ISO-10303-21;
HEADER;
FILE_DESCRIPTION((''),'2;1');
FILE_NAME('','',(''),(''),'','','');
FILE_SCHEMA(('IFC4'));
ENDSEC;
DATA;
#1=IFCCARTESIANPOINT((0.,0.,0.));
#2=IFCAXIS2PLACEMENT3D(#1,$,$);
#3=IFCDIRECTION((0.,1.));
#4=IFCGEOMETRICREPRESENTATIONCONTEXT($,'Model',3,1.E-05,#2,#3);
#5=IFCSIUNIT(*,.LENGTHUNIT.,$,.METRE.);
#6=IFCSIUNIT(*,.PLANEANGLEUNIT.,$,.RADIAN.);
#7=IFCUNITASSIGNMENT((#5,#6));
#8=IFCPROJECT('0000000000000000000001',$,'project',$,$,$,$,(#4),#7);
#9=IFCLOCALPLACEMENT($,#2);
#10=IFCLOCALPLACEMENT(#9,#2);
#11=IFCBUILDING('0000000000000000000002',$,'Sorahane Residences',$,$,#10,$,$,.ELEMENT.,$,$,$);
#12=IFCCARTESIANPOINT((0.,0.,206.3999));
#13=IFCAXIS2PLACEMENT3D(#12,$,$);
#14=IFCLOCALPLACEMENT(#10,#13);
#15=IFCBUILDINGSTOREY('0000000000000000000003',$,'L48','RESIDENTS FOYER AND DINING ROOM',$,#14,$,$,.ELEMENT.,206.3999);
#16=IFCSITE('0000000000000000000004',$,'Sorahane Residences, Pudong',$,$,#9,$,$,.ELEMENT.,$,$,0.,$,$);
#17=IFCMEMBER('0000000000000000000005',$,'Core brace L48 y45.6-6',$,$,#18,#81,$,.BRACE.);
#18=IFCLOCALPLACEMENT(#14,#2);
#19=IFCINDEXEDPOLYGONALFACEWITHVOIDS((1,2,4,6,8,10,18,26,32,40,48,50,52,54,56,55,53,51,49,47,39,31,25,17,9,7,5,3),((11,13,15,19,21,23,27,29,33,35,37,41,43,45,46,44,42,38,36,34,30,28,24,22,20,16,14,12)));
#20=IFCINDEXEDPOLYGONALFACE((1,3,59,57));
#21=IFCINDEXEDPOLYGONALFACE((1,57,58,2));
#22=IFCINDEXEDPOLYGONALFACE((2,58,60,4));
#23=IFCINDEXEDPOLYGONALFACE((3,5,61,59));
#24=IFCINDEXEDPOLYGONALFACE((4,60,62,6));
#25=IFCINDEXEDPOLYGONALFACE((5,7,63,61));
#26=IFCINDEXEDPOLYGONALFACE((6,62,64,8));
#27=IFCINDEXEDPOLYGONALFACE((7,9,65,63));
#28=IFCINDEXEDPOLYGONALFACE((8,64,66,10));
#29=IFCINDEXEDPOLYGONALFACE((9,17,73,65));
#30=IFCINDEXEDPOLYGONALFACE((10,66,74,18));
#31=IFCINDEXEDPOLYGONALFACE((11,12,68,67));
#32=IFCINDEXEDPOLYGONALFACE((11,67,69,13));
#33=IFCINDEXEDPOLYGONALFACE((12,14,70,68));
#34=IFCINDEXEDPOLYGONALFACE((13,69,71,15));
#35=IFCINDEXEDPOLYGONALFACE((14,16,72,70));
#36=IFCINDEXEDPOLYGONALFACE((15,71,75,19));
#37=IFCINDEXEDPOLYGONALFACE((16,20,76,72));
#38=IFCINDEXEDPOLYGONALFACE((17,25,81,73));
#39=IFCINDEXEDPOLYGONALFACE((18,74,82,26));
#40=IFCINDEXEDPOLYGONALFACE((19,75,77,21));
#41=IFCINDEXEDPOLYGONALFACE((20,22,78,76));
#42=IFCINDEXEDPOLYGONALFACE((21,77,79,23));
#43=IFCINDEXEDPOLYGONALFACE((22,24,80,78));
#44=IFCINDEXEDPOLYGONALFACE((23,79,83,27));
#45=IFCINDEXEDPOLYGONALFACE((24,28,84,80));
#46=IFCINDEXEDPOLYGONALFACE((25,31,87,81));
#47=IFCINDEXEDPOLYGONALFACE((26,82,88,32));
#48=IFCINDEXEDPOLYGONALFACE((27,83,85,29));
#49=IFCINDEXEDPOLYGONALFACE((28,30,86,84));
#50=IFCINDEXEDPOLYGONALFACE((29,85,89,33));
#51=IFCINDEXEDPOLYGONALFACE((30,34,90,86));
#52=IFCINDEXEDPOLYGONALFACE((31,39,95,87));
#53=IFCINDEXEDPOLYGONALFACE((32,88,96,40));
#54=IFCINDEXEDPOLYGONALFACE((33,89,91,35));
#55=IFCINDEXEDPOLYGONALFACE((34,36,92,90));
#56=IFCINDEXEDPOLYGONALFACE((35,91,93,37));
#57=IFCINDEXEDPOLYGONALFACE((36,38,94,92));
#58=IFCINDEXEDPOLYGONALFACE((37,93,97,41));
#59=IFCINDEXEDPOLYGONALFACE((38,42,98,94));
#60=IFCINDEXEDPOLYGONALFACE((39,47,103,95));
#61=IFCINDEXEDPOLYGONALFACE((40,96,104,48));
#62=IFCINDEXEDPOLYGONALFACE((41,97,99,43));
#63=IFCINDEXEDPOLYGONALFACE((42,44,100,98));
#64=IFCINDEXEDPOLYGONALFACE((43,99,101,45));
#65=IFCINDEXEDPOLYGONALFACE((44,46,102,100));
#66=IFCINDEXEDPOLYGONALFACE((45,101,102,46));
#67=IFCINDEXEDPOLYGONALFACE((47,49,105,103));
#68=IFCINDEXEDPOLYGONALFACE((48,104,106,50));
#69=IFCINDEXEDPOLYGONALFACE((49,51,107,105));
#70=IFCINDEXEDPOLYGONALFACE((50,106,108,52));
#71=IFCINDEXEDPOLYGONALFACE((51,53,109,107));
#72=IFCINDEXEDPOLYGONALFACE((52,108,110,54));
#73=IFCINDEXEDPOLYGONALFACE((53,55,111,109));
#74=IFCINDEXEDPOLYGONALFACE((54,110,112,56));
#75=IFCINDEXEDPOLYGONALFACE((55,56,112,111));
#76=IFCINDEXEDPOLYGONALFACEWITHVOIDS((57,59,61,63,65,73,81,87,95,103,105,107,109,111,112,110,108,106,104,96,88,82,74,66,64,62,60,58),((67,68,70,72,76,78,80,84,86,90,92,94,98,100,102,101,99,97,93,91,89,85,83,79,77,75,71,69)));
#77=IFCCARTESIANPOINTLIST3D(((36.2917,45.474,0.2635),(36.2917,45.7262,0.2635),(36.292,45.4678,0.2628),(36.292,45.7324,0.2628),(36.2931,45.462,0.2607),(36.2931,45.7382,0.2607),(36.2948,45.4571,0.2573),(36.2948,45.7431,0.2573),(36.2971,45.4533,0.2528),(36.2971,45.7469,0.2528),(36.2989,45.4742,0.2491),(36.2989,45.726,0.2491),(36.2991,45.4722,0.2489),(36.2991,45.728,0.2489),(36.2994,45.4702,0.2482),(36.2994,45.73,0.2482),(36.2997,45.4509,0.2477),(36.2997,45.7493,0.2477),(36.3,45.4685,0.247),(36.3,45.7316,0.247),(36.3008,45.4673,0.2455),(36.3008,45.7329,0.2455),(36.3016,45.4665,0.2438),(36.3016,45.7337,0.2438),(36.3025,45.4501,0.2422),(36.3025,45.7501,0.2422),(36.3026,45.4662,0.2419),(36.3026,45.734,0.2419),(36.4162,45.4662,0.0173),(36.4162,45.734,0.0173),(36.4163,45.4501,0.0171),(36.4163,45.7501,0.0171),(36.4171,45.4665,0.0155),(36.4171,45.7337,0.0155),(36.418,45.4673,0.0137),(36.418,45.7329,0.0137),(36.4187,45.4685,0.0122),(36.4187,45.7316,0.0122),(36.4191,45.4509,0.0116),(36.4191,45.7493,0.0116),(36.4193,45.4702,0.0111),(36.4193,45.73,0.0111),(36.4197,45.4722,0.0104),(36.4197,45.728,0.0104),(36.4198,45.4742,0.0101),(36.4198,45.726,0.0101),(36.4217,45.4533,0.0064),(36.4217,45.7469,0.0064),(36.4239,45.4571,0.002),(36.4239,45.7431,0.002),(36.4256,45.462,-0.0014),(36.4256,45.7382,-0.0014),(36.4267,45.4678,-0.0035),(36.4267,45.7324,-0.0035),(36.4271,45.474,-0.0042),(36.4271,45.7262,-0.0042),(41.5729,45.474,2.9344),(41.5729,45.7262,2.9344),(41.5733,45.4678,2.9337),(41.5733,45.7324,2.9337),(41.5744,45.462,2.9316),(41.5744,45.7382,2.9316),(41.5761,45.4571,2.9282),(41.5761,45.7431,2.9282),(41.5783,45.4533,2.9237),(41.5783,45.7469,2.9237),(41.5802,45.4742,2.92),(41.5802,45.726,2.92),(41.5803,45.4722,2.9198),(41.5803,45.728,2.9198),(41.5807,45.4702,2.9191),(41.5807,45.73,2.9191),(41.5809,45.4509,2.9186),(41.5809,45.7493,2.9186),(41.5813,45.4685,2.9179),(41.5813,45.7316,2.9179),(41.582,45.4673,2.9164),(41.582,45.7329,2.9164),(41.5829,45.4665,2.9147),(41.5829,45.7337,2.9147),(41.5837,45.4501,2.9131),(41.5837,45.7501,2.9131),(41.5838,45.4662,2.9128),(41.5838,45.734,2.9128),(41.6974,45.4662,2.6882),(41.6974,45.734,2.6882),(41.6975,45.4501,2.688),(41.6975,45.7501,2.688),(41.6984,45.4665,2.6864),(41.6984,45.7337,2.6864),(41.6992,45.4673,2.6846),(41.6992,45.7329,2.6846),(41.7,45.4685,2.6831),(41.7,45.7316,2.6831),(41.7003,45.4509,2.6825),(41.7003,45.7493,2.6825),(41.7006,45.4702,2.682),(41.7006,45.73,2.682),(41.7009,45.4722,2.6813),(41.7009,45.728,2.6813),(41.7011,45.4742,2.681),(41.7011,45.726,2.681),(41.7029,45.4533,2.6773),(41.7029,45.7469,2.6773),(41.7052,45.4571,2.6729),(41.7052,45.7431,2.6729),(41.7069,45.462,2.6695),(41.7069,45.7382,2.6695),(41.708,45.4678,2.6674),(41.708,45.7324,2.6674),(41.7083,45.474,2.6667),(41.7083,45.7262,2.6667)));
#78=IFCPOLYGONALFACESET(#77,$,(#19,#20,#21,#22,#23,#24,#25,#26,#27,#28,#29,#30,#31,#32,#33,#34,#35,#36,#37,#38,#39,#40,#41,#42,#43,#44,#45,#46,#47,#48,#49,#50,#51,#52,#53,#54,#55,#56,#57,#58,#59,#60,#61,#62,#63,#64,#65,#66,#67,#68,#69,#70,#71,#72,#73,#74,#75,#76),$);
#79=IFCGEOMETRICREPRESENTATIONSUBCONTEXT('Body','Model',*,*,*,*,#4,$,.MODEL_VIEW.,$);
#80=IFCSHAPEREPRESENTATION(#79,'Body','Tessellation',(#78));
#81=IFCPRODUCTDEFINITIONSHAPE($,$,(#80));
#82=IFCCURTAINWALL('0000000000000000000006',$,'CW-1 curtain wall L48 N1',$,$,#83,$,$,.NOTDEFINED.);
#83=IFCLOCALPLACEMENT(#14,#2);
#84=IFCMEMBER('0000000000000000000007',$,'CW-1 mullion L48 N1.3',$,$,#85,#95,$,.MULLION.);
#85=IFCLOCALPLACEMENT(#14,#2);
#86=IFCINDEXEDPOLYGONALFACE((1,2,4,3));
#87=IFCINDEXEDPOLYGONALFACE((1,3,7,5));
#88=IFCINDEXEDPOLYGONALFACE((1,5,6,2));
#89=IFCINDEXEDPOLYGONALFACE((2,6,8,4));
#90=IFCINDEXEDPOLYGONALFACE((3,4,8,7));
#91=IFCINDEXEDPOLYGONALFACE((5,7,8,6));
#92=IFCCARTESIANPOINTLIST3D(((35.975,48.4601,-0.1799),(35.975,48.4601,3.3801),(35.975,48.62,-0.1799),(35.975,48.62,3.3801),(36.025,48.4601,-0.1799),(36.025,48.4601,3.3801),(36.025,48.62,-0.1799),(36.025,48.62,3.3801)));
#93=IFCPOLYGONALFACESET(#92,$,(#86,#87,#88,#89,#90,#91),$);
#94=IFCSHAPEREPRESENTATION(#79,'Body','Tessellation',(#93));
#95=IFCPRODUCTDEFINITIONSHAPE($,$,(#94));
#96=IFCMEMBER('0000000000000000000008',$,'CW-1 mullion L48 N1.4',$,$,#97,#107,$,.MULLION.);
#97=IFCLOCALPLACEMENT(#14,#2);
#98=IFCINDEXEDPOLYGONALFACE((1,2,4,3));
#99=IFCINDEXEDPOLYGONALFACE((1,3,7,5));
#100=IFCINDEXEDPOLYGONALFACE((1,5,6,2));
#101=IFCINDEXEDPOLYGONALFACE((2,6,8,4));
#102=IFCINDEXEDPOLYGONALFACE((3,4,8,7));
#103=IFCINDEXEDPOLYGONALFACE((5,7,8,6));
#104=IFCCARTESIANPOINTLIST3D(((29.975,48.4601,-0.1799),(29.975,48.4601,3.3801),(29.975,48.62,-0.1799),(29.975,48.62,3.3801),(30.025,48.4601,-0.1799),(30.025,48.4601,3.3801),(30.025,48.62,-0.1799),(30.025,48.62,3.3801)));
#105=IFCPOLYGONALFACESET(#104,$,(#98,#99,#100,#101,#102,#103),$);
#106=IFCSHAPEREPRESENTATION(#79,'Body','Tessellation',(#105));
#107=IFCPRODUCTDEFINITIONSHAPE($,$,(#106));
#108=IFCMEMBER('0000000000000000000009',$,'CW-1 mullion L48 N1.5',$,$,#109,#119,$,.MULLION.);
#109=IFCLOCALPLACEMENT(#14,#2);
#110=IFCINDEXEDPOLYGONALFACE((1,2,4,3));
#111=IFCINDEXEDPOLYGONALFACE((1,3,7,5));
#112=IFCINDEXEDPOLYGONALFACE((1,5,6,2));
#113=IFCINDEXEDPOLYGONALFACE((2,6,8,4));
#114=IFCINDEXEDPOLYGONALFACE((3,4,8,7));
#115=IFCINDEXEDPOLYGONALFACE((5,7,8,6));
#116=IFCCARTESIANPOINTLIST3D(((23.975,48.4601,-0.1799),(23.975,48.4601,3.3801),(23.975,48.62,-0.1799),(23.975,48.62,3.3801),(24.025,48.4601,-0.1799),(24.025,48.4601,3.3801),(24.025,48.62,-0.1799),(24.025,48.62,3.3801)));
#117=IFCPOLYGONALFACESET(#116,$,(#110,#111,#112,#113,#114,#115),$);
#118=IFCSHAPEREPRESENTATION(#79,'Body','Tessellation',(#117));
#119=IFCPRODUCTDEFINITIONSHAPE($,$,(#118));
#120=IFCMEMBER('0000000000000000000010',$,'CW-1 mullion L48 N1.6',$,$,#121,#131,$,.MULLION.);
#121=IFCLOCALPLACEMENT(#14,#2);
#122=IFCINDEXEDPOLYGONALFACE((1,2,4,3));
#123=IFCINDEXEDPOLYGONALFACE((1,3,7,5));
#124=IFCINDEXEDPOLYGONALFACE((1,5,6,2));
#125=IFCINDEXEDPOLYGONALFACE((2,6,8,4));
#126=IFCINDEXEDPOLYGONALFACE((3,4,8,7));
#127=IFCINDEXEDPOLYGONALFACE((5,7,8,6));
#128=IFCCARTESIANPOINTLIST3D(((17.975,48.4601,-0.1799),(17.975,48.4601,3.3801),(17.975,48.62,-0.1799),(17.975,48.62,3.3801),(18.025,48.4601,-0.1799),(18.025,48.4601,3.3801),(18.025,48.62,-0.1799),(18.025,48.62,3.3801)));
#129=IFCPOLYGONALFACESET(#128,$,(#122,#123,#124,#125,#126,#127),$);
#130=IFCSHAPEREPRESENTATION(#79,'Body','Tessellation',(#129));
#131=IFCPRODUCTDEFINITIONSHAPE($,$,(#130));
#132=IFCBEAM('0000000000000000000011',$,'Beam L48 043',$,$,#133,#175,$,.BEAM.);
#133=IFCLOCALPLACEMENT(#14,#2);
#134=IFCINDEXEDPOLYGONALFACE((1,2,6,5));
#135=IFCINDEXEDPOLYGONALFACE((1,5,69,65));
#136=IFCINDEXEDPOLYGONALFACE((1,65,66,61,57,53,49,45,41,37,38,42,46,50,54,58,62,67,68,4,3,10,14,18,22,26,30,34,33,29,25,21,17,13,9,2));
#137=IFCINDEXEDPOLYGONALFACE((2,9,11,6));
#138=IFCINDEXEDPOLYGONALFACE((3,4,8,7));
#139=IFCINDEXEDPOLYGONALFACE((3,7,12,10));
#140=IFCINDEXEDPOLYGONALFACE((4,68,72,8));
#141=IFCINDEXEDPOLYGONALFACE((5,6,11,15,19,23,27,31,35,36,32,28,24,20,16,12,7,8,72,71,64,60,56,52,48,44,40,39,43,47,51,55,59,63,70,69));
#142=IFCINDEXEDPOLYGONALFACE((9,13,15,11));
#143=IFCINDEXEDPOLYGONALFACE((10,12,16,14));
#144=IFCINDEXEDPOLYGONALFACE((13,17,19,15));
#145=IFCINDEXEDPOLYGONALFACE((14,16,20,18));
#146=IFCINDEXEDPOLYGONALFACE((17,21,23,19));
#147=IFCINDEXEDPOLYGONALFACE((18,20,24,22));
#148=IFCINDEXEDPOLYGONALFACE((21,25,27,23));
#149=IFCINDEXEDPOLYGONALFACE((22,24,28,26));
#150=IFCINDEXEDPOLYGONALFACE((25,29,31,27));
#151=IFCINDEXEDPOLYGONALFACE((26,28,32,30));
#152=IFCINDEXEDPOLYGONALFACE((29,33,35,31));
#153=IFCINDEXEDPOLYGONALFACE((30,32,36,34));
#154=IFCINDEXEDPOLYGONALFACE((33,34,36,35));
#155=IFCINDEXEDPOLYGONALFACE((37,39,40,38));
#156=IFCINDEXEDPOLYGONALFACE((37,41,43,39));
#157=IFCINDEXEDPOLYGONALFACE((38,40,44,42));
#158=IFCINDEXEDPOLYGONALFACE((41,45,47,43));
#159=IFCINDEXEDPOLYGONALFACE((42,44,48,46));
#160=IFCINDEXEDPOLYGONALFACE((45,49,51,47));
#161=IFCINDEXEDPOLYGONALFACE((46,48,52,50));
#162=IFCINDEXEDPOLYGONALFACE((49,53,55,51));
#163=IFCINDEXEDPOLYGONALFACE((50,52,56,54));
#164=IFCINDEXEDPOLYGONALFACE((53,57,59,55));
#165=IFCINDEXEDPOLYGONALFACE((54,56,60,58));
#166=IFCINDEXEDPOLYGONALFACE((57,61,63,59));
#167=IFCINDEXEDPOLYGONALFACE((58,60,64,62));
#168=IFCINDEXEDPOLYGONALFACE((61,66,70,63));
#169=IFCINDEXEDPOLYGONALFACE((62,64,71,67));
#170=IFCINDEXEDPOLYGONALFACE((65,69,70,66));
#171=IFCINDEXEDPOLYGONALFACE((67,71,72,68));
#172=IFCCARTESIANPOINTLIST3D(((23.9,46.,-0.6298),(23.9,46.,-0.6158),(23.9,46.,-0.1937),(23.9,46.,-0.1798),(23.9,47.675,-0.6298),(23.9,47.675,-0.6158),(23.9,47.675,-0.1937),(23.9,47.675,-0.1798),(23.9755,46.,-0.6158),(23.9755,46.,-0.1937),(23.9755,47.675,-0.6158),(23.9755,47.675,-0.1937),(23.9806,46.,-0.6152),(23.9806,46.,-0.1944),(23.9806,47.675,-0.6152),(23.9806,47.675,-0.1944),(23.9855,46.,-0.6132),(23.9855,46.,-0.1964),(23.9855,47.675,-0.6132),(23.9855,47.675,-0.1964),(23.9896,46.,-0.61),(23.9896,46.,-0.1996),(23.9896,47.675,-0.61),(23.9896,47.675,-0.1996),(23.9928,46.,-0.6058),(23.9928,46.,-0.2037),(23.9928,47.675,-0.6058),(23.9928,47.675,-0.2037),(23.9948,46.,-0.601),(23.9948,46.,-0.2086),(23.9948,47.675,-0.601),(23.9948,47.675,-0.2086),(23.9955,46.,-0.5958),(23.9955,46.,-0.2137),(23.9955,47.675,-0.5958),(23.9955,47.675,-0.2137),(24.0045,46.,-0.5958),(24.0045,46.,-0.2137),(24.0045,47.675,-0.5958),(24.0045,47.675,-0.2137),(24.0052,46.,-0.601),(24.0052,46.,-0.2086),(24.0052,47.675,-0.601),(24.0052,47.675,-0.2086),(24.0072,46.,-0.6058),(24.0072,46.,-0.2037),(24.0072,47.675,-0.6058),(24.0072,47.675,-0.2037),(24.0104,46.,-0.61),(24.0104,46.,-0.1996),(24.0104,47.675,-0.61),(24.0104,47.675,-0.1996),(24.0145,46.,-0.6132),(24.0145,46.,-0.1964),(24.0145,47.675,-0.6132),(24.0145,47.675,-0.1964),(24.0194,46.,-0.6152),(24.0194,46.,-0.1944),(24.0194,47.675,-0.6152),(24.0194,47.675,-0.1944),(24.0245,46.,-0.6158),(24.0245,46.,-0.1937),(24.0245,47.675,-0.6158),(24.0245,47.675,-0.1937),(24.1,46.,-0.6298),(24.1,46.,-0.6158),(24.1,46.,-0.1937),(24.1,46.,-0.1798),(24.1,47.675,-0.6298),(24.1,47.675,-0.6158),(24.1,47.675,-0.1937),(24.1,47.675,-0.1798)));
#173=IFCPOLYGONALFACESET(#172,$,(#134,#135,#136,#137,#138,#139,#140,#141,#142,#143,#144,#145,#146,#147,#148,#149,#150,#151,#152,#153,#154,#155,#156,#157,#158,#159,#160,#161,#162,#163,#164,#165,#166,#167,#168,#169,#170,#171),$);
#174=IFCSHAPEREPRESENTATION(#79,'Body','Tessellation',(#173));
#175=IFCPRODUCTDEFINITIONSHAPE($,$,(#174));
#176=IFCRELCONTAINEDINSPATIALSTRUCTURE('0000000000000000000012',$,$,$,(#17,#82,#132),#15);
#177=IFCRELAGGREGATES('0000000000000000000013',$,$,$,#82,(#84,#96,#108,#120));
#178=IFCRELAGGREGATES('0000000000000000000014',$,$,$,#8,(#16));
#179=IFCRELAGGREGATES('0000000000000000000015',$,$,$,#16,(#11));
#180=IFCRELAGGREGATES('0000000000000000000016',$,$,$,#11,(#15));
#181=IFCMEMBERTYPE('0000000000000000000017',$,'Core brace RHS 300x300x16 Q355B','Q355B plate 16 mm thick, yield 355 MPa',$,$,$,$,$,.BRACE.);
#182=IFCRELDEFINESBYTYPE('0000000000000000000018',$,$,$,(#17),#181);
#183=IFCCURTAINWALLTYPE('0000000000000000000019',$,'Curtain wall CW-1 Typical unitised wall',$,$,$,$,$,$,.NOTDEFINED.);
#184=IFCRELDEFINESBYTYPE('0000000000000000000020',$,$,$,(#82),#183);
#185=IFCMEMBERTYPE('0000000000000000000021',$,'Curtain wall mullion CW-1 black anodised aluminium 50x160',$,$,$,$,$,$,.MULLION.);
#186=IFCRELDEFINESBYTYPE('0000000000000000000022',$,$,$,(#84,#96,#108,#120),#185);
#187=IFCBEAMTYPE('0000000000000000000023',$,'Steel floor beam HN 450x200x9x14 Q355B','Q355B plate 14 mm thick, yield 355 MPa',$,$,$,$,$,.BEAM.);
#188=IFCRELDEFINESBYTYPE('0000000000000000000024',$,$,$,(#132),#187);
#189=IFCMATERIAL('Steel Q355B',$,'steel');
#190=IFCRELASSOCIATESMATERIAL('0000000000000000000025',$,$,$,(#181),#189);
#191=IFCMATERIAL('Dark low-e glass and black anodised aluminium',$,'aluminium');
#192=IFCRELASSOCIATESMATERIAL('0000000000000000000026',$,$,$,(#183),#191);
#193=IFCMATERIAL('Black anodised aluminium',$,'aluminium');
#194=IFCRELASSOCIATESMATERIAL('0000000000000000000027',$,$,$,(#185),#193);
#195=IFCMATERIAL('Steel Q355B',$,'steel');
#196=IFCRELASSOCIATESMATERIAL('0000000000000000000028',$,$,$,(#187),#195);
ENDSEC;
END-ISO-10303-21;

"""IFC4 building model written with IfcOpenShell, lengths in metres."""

from ifc_helpers import new_model, si_unit, direction, frame, origin, origin_2d, place, context, subcontext, project, spatial, rectangle, hollow_rectangle, i_section, extrude, material, material_profile, profile_set, type_object, element, aggregate, save


model = new_model("IFC4")

# Units and contexts
model_context = context("Model", 3, precision=1e-05, world=origin(), true_north=direction((0.0, 1.0)))
body_context = subcontext(model_context, "Body", "Model", "MODEL_VIEW")
ifc_project = project(units=[si_unit("LENGTHUNIT", "METRE"), si_unit("PLANEANGLEUNIT", "RADIAN")], contexts=[model_context])

# Site, building, storey
site_placement = place(None, origin())
site = spatial("IfcSite", under=ifc_project, at=site_placement, Name="Sorahane Residences, Pudong", CompositionType="ELEMENT", RefElevation=0.0)
building_placement = place(site_placement, origin())
building = spatial("IfcBuilding", under=site, at=building_placement, Name="Sorahane Residences", CompositionType="ELEMENT")
storey_placement = place(building_placement, frame((0.0, 0.0, 206.3999)))
storey = spatial("IfcBuildingStorey", under=building, at=storey_placement, Name="L48", Description="RESIDENTS FOYER AND DINING ROOM", CompositionType="ELEMENT", Elevation=206.3999)

# Member
ifc_material_1 = material(Name="Steel Q355B", Category="steel")
ifc_material_profile_1 = material_profile(ifc_material_1, hollow_rectangle(XDim=0.3, YDim=0.3, WallThickness=0.0161, InnerFilletRadius=0.0081, OuterFilletRadius=0.0239, at=origin_2d()), Name="RHS 300x300x16")
ifc_profile_set_1 = profile_set([ifc_material_profile_1], Name="Steel Q355B")
member_type_1 = type_object("IfcMemberType", Name="Core brace RHS 300x300x16 Q355B", Description="Q355B plate 16 mm thick, yield 355 MPa", PredefinedType="BRACE", material=ifc_profile_set_1)
for number, where, z_axis, x_axis, name in (
    (1, (36.3594, 45.6001, 0.1296), (0.892372, 0.0, 0.451301), (0.0, 1.0, 0.0), "Core brace L48 y45.6-6"),
):
    element("IfcMember", number, at=place(storey_placement, frame(where, z_axis=z_axis, x_axis=x_axis)), inside=storey, type_object=member_type_1, Name=name, PredefinedType="BRACE", context=body_context, shape_type="SweptSolid", body=[
        extrude(hollow_rectangle(XDim=0.3, YDim=0.3, WallThickness=0.0161, InnerFilletRadius=0.0081, OuterFilletRadius=0.0239, at=origin_2d()), origin(), (0.0, 0.0, 1.0), 5.9182),
    ])

# Curtain wall, members
ifc_material_2 = material(Name="Dark low-e glass and black anodised aluminium", Category="aluminium")
curtain_wall_type = type_object("IfcCurtainWallType", Name="Curtain wall CW-1 Typical unitised wall", PredefinedType="NOTDEFINED", material=ifc_material_2)
curtain_wall_placement = place(storey_placement, origin())
curtain_wall = element("IfcCurtainWall", 2, at=curtain_wall_placement, inside=storey, type_object=curtain_wall_type, Name="CW-1 curtain wall L48 N1", PredefinedType="NOTDEFINED")
ifc_material_3 = material(Name="Black anodised aluminium", Category="aluminium")
ifc_material_profile_2 = material_profile(ifc_material_3, rectangle(XDim=0.1599, YDim=0.05, at=origin_2d()), Name="Curtain wall mullion CW-1 black anodised aluminium 50x160")
ifc_profile_set_2 = profile_set([ifc_material_profile_2], Name="Black anodised aluminium")
member_type_2 = type_object("IfcMemberType", Name="Curtain wall mullion CW-1 black anodised aluminium 50x160", PredefinedType="MULLION", material=ifc_profile_set_2)
member_1_placement = place(storey_placement, frame((36.0, 48.54, -0.1799), z_axis=(0.0, 0.0, 1.0), x_axis=(0.0, 1.0, 0.0)))
member_1 = element("IfcMember", 3, at=member_1_placement, type_object=member_type_2, Name="CW-1 mullion L48 N1.3", PredefinedType="MULLION", context=body_context, shape_type="SweptSolid", body=[
    extrude(rectangle(XDim=0.1599, YDim=0.05, at=origin_2d()), origin(), (0.0, 0.0, 1.0), 3.5601),
])
member_2_placement = place(storey_placement, frame((30.0, 48.54, -0.1799), z_axis=(0.0, 0.0, 1.0), x_axis=(0.0, 1.0, 0.0)))
member_2 = element("IfcMember", 4, at=member_2_placement, type_object=member_type_2, Name="CW-1 mullion L48 N1.4", PredefinedType="MULLION", context=body_context, shape_type="SweptSolid", body=[
    extrude(rectangle(XDim=0.1599, YDim=0.05, at=origin_2d()), origin(), (0.0, 0.0, 1.0), 3.5601),
])
member_3_placement = place(storey_placement, frame((24.0, 48.54, -0.1799), z_axis=(0.0, 0.0, 1.0), x_axis=(0.0, 1.0, 0.0)))
member_3 = element("IfcMember", 5, at=member_3_placement, type_object=member_type_2, Name="CW-1 mullion L48 N1.5", PredefinedType="MULLION", context=body_context, shape_type="SweptSolid", body=[
    extrude(rectangle(XDim=0.1599, YDim=0.05, at=origin_2d()), origin(), (0.0, 0.0, 1.0), 3.5601),
])
member_4_placement = place(storey_placement, frame((18.0, 48.54, -0.1799), z_axis=(0.0, 0.0, 1.0), x_axis=(0.0, 1.0, 0.0)))
member_4 = element("IfcMember", 6, at=member_4_placement, type_object=member_type_2, Name="CW-1 mullion L48 N1.6", PredefinedType="MULLION", context=body_context, shape_type="SweptSolid", body=[
    extrude(rectangle(XDim=0.1599, YDim=0.05, at=origin_2d()), origin(), (0.0, 0.0, 1.0), 3.5601),
])

# Beam
ifc_material_4 = material(Name="Steel Q355B", Category="steel")
ifc_material_profile_3 = material_profile(ifc_material_4, i_section(OverallWidth=0.2, OverallDepth=0.45, WebThickness=0.009, FlangeThickness=0.0139, FilletRadius=0.02, at=origin_2d()), Name="HN 450x200x9x14")
ifc_profile_set_3 = profile_set([ifc_material_profile_3], Name="Steel Q355B")
beam_type_1 = type_object("IfcBeamType", Name="Steel floor beam HN 450x200x9x14 Q355B", Description="Q355B plate 14 mm thick, yield 355 MPa", PredefinedType="BEAM", material=ifc_profile_set_3)
beam_1_placement = place(storey_placement, frame((24.0, 46.0, -0.4048), z_axis=(0.0, 1.0, 0.0), x_axis=(-1.0, 0.0, 0.0)))
element("IfcBeam", 7, at=beam_1_placement, inside=storey, type_object=beam_type_1, Name="Beam L48 043", PredefinedType="BEAM", context=body_context, shape_type="SweptSolid", body=[
    extrude(i_section(OverallWidth=0.2, OverallDepth=0.45, WebThickness=0.009, FlangeThickness=0.0139, FilletRadius=0.02, at=origin_2d()), origin(), (0.0, 0.0, 1.0), 1.675),
])

aggregate(curtain_wall, [member_1, member_2, member_3, member_4])

save(model, "model.ifc")
